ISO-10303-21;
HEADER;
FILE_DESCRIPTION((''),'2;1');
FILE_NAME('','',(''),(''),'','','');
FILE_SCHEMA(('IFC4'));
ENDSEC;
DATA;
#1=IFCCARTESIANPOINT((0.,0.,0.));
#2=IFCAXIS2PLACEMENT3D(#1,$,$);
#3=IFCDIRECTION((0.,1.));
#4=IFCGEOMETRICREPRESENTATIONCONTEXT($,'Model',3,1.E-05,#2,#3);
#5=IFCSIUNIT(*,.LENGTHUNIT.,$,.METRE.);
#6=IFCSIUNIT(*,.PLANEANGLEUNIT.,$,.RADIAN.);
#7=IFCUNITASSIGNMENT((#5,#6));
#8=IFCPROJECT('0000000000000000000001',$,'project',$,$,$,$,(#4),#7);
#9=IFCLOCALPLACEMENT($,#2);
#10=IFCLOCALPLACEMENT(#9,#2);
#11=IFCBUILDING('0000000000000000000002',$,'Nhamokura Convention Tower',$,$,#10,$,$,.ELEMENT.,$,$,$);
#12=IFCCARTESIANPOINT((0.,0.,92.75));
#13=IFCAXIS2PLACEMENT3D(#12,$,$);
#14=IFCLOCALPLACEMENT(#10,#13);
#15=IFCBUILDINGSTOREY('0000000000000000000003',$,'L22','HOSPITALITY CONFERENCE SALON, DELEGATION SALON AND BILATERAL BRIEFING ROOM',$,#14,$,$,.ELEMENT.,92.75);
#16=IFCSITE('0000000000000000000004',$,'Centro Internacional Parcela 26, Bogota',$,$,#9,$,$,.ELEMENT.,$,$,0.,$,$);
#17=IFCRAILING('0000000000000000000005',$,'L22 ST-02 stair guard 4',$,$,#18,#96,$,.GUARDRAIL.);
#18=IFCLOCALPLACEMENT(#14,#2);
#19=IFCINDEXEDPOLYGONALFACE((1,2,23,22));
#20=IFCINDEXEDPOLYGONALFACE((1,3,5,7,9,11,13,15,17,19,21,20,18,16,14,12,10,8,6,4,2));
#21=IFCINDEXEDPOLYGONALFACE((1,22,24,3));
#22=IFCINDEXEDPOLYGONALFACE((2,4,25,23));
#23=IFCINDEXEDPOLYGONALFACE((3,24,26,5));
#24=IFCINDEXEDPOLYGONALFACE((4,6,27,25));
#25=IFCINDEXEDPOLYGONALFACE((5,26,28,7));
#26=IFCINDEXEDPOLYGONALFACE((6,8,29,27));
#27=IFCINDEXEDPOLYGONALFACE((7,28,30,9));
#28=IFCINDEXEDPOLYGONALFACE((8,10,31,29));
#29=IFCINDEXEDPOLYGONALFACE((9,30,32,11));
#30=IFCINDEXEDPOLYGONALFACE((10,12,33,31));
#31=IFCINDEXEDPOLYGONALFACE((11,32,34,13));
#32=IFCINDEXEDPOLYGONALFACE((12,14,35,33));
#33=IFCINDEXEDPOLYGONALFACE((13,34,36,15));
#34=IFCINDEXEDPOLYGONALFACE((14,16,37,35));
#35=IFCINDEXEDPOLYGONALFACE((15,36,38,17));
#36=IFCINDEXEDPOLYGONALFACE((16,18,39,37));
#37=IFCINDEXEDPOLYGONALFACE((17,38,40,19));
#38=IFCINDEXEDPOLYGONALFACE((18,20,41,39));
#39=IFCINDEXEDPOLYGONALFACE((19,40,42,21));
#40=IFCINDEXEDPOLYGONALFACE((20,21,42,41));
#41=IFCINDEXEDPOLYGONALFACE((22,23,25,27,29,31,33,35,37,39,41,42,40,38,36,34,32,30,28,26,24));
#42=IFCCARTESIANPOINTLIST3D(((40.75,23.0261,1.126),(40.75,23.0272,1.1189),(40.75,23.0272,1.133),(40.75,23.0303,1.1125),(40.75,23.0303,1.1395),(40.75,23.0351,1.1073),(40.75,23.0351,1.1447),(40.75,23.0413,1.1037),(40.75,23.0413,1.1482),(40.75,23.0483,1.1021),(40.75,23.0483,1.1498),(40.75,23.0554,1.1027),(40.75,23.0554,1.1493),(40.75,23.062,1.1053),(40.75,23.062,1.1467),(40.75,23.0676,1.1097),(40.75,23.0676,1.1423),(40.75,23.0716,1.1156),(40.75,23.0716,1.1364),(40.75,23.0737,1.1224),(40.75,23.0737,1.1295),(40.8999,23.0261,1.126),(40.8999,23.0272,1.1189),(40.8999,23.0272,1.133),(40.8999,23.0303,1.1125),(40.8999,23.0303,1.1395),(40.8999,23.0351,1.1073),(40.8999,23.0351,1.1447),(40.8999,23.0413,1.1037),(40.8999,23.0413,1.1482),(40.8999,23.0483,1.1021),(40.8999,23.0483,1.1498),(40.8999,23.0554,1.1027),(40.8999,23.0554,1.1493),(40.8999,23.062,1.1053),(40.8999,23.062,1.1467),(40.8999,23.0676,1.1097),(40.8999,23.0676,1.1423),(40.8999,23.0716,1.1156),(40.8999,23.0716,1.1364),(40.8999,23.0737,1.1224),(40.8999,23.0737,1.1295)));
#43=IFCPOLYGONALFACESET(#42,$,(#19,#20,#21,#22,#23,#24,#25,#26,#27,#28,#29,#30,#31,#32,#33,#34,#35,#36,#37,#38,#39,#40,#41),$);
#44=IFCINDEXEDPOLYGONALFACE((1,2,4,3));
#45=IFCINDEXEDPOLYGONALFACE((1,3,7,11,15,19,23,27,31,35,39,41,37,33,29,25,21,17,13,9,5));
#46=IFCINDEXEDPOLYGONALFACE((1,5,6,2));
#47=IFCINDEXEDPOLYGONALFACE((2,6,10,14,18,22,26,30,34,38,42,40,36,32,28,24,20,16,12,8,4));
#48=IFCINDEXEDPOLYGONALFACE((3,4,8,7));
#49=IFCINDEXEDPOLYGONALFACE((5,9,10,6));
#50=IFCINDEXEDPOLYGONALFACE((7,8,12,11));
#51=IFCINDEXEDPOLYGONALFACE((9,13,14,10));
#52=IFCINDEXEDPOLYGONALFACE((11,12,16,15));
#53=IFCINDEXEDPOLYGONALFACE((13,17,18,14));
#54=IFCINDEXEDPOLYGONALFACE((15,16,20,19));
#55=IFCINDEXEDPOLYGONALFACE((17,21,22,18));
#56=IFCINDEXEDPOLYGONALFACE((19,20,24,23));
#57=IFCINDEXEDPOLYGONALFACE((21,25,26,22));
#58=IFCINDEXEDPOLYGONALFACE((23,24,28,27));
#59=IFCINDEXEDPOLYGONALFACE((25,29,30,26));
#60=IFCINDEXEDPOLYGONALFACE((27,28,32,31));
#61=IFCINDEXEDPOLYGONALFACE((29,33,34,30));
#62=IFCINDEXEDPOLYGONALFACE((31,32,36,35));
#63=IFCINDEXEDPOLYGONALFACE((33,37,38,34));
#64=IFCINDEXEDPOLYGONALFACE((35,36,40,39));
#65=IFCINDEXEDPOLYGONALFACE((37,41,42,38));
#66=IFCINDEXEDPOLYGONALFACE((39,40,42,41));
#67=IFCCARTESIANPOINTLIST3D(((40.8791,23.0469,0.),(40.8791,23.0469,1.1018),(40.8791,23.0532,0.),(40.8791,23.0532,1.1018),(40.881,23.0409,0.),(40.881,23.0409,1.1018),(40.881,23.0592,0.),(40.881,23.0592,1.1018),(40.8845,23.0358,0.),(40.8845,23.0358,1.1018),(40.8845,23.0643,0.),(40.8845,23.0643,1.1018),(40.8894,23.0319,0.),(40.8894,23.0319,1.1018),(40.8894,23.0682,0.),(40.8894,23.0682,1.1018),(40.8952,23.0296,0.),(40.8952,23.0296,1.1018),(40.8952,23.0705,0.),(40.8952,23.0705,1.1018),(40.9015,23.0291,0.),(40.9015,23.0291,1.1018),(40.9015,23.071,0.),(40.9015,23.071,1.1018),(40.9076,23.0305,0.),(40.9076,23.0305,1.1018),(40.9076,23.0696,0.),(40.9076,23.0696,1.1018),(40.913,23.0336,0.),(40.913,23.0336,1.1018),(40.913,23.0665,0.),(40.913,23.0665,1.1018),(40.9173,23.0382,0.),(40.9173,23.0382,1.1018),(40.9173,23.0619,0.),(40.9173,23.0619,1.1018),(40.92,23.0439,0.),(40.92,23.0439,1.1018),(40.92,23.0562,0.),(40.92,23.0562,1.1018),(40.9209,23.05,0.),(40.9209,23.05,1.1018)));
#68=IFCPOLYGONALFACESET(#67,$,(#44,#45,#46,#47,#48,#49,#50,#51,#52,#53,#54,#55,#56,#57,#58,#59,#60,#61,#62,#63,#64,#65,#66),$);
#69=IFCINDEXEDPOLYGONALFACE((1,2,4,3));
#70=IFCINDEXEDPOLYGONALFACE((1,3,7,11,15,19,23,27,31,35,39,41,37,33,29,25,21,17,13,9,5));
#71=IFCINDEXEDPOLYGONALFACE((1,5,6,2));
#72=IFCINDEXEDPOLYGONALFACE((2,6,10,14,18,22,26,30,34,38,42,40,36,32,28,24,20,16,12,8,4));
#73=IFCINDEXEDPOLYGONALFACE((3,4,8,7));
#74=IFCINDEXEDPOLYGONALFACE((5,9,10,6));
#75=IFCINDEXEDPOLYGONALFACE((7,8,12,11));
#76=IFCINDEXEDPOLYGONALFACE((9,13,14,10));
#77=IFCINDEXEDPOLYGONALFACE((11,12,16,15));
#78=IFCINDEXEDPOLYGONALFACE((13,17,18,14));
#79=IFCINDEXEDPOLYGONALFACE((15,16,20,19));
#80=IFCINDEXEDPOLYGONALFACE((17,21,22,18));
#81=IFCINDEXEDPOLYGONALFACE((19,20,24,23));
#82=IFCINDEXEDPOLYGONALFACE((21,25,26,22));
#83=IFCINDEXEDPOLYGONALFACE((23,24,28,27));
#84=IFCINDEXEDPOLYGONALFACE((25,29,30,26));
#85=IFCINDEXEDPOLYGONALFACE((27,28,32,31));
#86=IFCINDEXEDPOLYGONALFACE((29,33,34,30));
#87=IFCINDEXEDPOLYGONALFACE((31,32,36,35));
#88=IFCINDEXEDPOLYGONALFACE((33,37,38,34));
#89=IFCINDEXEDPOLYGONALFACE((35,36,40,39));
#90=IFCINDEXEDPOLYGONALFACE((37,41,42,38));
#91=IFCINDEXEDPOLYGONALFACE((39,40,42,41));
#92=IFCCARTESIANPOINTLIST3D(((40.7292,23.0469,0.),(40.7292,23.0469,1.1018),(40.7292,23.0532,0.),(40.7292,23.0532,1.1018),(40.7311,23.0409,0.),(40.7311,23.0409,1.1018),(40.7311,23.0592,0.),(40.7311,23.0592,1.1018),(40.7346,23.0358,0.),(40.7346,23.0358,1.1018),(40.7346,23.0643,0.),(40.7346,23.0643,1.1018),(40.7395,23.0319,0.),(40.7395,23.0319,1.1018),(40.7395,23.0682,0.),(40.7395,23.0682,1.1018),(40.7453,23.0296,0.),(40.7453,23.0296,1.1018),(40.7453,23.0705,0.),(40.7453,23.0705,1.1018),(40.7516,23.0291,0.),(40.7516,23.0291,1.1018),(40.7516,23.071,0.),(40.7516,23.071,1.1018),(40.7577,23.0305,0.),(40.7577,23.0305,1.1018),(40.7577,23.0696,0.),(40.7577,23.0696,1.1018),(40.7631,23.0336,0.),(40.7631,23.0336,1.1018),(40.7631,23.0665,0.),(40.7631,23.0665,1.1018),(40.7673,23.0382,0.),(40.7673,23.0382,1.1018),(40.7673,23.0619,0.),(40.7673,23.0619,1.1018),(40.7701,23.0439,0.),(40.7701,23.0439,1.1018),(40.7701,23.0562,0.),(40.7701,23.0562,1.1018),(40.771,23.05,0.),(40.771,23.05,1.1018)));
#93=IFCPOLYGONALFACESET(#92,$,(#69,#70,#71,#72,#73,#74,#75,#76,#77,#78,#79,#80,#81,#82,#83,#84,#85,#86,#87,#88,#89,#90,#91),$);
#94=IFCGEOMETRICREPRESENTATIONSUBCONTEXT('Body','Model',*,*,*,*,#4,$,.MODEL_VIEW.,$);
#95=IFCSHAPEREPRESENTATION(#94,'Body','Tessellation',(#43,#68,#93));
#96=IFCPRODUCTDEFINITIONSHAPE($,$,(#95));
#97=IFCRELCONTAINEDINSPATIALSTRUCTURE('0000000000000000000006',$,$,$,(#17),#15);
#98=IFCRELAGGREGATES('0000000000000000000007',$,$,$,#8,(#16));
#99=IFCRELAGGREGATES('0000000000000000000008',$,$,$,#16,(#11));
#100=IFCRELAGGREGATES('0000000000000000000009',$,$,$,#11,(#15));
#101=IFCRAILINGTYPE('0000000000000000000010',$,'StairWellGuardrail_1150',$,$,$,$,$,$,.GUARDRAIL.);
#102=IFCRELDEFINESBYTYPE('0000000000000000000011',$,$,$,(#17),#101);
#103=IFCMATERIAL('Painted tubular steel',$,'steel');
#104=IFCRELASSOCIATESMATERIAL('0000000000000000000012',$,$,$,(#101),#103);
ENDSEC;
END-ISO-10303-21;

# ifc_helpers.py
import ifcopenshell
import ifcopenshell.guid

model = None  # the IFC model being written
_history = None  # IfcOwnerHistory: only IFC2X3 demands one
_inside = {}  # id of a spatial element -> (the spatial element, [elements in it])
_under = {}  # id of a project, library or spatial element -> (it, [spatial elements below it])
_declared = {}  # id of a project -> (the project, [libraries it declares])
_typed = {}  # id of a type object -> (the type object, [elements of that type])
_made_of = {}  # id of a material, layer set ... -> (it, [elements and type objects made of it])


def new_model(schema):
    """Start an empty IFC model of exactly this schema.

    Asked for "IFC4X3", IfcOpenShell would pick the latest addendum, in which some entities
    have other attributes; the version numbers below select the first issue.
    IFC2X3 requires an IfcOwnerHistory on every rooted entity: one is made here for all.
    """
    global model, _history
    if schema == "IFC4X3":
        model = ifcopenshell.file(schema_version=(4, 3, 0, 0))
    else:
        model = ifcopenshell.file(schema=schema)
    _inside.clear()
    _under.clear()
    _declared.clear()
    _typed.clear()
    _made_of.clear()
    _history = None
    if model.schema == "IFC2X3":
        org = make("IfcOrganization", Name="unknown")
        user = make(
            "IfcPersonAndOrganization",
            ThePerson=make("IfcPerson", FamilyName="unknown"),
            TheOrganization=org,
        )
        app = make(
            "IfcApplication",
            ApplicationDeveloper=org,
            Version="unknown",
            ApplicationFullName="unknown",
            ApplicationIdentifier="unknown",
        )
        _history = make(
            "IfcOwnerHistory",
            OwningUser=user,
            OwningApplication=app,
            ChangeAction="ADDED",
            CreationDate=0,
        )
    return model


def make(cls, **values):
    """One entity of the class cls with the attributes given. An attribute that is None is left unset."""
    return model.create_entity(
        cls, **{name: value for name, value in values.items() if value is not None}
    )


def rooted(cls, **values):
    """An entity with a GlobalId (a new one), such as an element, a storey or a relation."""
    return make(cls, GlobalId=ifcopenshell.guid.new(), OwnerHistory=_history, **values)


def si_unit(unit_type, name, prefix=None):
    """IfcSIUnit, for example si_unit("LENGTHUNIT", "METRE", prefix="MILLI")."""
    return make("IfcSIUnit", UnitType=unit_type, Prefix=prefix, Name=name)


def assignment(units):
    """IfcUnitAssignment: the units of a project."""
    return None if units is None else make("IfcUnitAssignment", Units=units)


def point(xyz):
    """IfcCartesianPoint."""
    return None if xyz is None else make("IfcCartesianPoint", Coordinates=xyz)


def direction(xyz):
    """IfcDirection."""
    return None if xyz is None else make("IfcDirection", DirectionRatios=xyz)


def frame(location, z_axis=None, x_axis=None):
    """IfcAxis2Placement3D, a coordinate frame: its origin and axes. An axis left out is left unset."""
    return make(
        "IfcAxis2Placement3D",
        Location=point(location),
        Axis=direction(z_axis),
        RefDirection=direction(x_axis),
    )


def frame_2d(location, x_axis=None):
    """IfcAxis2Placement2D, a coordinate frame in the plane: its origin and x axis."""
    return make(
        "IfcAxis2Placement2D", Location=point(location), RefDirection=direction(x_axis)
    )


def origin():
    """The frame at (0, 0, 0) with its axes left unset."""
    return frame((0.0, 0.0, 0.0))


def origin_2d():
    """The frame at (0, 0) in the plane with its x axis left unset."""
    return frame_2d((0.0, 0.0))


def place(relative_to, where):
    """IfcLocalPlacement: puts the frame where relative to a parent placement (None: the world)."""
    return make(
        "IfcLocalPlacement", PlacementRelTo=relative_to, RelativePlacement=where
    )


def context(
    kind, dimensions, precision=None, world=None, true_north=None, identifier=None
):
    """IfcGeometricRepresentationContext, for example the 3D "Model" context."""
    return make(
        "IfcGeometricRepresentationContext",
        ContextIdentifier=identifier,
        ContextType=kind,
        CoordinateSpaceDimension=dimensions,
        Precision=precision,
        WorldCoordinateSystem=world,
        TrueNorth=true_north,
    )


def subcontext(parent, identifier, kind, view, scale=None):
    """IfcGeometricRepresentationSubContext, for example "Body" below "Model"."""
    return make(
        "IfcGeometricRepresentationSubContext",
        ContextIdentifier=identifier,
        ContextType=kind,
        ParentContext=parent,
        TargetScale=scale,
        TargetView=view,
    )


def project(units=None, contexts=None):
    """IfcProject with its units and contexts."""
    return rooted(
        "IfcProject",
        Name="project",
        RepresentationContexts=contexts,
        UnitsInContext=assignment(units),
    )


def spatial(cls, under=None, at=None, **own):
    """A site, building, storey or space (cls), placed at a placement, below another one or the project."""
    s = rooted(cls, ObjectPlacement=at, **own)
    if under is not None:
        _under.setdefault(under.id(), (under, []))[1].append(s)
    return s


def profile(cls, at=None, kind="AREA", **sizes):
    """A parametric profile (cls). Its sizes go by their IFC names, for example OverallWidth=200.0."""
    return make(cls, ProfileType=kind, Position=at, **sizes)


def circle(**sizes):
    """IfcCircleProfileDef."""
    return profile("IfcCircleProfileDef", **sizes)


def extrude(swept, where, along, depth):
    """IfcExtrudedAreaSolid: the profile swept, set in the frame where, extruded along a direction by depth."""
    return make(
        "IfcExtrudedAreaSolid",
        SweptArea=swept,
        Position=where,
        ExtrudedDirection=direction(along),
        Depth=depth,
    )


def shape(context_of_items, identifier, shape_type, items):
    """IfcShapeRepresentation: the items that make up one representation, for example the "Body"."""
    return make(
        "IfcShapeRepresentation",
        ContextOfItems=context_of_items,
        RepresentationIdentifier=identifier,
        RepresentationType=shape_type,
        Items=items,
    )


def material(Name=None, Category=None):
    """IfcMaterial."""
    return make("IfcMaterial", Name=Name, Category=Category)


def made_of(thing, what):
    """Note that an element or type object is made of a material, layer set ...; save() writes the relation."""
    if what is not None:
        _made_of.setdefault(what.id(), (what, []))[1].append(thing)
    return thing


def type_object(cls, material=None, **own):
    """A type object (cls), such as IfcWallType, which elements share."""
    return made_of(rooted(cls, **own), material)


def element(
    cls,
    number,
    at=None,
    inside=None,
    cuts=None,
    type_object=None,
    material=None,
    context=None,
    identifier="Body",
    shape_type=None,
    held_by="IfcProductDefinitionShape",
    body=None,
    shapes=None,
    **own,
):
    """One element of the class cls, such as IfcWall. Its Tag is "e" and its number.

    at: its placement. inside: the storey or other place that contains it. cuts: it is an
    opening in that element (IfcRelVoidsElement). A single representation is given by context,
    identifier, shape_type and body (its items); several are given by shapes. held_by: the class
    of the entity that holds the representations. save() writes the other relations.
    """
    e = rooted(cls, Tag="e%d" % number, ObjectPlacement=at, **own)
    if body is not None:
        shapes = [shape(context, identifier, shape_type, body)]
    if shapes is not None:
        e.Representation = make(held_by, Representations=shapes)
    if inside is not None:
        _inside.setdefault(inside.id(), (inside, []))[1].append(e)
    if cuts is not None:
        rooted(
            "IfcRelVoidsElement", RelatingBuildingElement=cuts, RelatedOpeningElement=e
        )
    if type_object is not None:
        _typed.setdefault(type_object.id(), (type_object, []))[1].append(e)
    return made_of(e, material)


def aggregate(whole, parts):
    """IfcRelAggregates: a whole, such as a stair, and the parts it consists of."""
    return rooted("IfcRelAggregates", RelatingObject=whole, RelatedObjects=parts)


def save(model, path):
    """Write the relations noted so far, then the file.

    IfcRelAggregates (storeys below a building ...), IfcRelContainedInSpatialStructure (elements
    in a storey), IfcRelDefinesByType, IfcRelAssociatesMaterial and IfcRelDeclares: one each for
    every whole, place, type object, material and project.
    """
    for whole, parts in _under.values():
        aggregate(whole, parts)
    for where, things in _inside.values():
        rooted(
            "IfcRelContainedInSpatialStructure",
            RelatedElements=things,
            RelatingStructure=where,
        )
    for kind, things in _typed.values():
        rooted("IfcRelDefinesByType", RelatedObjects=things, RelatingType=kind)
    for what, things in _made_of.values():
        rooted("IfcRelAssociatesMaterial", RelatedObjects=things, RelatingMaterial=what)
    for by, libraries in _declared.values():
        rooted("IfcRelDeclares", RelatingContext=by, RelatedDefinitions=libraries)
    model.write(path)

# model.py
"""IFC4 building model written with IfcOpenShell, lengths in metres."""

from ifc_helpers import new_model, si_unit, direction, frame, origin, origin_2d, place, context, subcontext, project, spatial, circle, extrude, material, type_object, element, save


model = new_model("IFC4")

# Units and contexts
model_context = context("Model", 3, precision=1e-05, world=origin(), true_north=direction((0.0, 1.0)))
body_context = subcontext(model_context, "Body", "Model", "MODEL_VIEW")
ifc_project = project(units=[si_unit("LENGTHUNIT", "METRE"), si_unit("PLANEANGLEUNIT", "RADIAN")], contexts=[model_context])

# Site, building, storey
site_placement = place(None, origin())
site = spatial("IfcSite", under=ifc_project, at=site_placement, Name="Centro Internacional Parcela 26, Bogota", CompositionType="ELEMENT", RefElevation=0.0)
building_placement = place(site_placement, origin())
building = spatial("IfcBuilding", under=site, at=building_placement, Name="Nhamokura Convention Tower", CompositionType="ELEMENT")
storey_placement = place(building_placement, frame((0.0, 0.0, 92.75)))
storey = spatial("IfcBuildingStorey", under=building, at=storey_placement, Name="L22", Description="HOSPITALITY CONFERENCE SALON, DELEGATION SALON AND BILATERAL BRIEFING ROOM", CompositionType="ELEMENT", Elevation=92.75)

# Railing
ifc_material_1 = material(Name="Painted tubular steel", Category="steel")
railing_type_1 = type_object("IfcRailingType", Name="StairWellGuardrail_1150", PredefinedType="GUARDRAIL", material=ifc_material_1)
railing_1_placement = place(storey_placement, frame((40.8999, 23.05, 0.0)))
element("IfcRailing", 1, at=railing_1_placement, inside=storey, type_object=railing_type_1, Name="L22 ST-02 stair guard 4", PredefinedType="GUARDRAIL", context=body_context, shape_type="SweptSolid", body=[
    extrude(circle(Radius=0.0239, at=origin_2d()), frame((0.0, 0.0, 1.126), z_axis=(-1.0, 0.0, 0.0), x_axis=(0.0, -1.0, 0.0)), (0.0, 0.0, 1.0), 0.1499),
    extrude(circle(Radius=0.021, at=origin_2d()), origin(), (0.0, 0.0, 1.0), 1.1018),
    extrude(circle(Radius=0.021, at=origin_2d()), frame((-0.1499, 0.0, 0.0)), (0.0, 0.0, 1.0), 1.1018),
])

save(model, "model.ifc")
